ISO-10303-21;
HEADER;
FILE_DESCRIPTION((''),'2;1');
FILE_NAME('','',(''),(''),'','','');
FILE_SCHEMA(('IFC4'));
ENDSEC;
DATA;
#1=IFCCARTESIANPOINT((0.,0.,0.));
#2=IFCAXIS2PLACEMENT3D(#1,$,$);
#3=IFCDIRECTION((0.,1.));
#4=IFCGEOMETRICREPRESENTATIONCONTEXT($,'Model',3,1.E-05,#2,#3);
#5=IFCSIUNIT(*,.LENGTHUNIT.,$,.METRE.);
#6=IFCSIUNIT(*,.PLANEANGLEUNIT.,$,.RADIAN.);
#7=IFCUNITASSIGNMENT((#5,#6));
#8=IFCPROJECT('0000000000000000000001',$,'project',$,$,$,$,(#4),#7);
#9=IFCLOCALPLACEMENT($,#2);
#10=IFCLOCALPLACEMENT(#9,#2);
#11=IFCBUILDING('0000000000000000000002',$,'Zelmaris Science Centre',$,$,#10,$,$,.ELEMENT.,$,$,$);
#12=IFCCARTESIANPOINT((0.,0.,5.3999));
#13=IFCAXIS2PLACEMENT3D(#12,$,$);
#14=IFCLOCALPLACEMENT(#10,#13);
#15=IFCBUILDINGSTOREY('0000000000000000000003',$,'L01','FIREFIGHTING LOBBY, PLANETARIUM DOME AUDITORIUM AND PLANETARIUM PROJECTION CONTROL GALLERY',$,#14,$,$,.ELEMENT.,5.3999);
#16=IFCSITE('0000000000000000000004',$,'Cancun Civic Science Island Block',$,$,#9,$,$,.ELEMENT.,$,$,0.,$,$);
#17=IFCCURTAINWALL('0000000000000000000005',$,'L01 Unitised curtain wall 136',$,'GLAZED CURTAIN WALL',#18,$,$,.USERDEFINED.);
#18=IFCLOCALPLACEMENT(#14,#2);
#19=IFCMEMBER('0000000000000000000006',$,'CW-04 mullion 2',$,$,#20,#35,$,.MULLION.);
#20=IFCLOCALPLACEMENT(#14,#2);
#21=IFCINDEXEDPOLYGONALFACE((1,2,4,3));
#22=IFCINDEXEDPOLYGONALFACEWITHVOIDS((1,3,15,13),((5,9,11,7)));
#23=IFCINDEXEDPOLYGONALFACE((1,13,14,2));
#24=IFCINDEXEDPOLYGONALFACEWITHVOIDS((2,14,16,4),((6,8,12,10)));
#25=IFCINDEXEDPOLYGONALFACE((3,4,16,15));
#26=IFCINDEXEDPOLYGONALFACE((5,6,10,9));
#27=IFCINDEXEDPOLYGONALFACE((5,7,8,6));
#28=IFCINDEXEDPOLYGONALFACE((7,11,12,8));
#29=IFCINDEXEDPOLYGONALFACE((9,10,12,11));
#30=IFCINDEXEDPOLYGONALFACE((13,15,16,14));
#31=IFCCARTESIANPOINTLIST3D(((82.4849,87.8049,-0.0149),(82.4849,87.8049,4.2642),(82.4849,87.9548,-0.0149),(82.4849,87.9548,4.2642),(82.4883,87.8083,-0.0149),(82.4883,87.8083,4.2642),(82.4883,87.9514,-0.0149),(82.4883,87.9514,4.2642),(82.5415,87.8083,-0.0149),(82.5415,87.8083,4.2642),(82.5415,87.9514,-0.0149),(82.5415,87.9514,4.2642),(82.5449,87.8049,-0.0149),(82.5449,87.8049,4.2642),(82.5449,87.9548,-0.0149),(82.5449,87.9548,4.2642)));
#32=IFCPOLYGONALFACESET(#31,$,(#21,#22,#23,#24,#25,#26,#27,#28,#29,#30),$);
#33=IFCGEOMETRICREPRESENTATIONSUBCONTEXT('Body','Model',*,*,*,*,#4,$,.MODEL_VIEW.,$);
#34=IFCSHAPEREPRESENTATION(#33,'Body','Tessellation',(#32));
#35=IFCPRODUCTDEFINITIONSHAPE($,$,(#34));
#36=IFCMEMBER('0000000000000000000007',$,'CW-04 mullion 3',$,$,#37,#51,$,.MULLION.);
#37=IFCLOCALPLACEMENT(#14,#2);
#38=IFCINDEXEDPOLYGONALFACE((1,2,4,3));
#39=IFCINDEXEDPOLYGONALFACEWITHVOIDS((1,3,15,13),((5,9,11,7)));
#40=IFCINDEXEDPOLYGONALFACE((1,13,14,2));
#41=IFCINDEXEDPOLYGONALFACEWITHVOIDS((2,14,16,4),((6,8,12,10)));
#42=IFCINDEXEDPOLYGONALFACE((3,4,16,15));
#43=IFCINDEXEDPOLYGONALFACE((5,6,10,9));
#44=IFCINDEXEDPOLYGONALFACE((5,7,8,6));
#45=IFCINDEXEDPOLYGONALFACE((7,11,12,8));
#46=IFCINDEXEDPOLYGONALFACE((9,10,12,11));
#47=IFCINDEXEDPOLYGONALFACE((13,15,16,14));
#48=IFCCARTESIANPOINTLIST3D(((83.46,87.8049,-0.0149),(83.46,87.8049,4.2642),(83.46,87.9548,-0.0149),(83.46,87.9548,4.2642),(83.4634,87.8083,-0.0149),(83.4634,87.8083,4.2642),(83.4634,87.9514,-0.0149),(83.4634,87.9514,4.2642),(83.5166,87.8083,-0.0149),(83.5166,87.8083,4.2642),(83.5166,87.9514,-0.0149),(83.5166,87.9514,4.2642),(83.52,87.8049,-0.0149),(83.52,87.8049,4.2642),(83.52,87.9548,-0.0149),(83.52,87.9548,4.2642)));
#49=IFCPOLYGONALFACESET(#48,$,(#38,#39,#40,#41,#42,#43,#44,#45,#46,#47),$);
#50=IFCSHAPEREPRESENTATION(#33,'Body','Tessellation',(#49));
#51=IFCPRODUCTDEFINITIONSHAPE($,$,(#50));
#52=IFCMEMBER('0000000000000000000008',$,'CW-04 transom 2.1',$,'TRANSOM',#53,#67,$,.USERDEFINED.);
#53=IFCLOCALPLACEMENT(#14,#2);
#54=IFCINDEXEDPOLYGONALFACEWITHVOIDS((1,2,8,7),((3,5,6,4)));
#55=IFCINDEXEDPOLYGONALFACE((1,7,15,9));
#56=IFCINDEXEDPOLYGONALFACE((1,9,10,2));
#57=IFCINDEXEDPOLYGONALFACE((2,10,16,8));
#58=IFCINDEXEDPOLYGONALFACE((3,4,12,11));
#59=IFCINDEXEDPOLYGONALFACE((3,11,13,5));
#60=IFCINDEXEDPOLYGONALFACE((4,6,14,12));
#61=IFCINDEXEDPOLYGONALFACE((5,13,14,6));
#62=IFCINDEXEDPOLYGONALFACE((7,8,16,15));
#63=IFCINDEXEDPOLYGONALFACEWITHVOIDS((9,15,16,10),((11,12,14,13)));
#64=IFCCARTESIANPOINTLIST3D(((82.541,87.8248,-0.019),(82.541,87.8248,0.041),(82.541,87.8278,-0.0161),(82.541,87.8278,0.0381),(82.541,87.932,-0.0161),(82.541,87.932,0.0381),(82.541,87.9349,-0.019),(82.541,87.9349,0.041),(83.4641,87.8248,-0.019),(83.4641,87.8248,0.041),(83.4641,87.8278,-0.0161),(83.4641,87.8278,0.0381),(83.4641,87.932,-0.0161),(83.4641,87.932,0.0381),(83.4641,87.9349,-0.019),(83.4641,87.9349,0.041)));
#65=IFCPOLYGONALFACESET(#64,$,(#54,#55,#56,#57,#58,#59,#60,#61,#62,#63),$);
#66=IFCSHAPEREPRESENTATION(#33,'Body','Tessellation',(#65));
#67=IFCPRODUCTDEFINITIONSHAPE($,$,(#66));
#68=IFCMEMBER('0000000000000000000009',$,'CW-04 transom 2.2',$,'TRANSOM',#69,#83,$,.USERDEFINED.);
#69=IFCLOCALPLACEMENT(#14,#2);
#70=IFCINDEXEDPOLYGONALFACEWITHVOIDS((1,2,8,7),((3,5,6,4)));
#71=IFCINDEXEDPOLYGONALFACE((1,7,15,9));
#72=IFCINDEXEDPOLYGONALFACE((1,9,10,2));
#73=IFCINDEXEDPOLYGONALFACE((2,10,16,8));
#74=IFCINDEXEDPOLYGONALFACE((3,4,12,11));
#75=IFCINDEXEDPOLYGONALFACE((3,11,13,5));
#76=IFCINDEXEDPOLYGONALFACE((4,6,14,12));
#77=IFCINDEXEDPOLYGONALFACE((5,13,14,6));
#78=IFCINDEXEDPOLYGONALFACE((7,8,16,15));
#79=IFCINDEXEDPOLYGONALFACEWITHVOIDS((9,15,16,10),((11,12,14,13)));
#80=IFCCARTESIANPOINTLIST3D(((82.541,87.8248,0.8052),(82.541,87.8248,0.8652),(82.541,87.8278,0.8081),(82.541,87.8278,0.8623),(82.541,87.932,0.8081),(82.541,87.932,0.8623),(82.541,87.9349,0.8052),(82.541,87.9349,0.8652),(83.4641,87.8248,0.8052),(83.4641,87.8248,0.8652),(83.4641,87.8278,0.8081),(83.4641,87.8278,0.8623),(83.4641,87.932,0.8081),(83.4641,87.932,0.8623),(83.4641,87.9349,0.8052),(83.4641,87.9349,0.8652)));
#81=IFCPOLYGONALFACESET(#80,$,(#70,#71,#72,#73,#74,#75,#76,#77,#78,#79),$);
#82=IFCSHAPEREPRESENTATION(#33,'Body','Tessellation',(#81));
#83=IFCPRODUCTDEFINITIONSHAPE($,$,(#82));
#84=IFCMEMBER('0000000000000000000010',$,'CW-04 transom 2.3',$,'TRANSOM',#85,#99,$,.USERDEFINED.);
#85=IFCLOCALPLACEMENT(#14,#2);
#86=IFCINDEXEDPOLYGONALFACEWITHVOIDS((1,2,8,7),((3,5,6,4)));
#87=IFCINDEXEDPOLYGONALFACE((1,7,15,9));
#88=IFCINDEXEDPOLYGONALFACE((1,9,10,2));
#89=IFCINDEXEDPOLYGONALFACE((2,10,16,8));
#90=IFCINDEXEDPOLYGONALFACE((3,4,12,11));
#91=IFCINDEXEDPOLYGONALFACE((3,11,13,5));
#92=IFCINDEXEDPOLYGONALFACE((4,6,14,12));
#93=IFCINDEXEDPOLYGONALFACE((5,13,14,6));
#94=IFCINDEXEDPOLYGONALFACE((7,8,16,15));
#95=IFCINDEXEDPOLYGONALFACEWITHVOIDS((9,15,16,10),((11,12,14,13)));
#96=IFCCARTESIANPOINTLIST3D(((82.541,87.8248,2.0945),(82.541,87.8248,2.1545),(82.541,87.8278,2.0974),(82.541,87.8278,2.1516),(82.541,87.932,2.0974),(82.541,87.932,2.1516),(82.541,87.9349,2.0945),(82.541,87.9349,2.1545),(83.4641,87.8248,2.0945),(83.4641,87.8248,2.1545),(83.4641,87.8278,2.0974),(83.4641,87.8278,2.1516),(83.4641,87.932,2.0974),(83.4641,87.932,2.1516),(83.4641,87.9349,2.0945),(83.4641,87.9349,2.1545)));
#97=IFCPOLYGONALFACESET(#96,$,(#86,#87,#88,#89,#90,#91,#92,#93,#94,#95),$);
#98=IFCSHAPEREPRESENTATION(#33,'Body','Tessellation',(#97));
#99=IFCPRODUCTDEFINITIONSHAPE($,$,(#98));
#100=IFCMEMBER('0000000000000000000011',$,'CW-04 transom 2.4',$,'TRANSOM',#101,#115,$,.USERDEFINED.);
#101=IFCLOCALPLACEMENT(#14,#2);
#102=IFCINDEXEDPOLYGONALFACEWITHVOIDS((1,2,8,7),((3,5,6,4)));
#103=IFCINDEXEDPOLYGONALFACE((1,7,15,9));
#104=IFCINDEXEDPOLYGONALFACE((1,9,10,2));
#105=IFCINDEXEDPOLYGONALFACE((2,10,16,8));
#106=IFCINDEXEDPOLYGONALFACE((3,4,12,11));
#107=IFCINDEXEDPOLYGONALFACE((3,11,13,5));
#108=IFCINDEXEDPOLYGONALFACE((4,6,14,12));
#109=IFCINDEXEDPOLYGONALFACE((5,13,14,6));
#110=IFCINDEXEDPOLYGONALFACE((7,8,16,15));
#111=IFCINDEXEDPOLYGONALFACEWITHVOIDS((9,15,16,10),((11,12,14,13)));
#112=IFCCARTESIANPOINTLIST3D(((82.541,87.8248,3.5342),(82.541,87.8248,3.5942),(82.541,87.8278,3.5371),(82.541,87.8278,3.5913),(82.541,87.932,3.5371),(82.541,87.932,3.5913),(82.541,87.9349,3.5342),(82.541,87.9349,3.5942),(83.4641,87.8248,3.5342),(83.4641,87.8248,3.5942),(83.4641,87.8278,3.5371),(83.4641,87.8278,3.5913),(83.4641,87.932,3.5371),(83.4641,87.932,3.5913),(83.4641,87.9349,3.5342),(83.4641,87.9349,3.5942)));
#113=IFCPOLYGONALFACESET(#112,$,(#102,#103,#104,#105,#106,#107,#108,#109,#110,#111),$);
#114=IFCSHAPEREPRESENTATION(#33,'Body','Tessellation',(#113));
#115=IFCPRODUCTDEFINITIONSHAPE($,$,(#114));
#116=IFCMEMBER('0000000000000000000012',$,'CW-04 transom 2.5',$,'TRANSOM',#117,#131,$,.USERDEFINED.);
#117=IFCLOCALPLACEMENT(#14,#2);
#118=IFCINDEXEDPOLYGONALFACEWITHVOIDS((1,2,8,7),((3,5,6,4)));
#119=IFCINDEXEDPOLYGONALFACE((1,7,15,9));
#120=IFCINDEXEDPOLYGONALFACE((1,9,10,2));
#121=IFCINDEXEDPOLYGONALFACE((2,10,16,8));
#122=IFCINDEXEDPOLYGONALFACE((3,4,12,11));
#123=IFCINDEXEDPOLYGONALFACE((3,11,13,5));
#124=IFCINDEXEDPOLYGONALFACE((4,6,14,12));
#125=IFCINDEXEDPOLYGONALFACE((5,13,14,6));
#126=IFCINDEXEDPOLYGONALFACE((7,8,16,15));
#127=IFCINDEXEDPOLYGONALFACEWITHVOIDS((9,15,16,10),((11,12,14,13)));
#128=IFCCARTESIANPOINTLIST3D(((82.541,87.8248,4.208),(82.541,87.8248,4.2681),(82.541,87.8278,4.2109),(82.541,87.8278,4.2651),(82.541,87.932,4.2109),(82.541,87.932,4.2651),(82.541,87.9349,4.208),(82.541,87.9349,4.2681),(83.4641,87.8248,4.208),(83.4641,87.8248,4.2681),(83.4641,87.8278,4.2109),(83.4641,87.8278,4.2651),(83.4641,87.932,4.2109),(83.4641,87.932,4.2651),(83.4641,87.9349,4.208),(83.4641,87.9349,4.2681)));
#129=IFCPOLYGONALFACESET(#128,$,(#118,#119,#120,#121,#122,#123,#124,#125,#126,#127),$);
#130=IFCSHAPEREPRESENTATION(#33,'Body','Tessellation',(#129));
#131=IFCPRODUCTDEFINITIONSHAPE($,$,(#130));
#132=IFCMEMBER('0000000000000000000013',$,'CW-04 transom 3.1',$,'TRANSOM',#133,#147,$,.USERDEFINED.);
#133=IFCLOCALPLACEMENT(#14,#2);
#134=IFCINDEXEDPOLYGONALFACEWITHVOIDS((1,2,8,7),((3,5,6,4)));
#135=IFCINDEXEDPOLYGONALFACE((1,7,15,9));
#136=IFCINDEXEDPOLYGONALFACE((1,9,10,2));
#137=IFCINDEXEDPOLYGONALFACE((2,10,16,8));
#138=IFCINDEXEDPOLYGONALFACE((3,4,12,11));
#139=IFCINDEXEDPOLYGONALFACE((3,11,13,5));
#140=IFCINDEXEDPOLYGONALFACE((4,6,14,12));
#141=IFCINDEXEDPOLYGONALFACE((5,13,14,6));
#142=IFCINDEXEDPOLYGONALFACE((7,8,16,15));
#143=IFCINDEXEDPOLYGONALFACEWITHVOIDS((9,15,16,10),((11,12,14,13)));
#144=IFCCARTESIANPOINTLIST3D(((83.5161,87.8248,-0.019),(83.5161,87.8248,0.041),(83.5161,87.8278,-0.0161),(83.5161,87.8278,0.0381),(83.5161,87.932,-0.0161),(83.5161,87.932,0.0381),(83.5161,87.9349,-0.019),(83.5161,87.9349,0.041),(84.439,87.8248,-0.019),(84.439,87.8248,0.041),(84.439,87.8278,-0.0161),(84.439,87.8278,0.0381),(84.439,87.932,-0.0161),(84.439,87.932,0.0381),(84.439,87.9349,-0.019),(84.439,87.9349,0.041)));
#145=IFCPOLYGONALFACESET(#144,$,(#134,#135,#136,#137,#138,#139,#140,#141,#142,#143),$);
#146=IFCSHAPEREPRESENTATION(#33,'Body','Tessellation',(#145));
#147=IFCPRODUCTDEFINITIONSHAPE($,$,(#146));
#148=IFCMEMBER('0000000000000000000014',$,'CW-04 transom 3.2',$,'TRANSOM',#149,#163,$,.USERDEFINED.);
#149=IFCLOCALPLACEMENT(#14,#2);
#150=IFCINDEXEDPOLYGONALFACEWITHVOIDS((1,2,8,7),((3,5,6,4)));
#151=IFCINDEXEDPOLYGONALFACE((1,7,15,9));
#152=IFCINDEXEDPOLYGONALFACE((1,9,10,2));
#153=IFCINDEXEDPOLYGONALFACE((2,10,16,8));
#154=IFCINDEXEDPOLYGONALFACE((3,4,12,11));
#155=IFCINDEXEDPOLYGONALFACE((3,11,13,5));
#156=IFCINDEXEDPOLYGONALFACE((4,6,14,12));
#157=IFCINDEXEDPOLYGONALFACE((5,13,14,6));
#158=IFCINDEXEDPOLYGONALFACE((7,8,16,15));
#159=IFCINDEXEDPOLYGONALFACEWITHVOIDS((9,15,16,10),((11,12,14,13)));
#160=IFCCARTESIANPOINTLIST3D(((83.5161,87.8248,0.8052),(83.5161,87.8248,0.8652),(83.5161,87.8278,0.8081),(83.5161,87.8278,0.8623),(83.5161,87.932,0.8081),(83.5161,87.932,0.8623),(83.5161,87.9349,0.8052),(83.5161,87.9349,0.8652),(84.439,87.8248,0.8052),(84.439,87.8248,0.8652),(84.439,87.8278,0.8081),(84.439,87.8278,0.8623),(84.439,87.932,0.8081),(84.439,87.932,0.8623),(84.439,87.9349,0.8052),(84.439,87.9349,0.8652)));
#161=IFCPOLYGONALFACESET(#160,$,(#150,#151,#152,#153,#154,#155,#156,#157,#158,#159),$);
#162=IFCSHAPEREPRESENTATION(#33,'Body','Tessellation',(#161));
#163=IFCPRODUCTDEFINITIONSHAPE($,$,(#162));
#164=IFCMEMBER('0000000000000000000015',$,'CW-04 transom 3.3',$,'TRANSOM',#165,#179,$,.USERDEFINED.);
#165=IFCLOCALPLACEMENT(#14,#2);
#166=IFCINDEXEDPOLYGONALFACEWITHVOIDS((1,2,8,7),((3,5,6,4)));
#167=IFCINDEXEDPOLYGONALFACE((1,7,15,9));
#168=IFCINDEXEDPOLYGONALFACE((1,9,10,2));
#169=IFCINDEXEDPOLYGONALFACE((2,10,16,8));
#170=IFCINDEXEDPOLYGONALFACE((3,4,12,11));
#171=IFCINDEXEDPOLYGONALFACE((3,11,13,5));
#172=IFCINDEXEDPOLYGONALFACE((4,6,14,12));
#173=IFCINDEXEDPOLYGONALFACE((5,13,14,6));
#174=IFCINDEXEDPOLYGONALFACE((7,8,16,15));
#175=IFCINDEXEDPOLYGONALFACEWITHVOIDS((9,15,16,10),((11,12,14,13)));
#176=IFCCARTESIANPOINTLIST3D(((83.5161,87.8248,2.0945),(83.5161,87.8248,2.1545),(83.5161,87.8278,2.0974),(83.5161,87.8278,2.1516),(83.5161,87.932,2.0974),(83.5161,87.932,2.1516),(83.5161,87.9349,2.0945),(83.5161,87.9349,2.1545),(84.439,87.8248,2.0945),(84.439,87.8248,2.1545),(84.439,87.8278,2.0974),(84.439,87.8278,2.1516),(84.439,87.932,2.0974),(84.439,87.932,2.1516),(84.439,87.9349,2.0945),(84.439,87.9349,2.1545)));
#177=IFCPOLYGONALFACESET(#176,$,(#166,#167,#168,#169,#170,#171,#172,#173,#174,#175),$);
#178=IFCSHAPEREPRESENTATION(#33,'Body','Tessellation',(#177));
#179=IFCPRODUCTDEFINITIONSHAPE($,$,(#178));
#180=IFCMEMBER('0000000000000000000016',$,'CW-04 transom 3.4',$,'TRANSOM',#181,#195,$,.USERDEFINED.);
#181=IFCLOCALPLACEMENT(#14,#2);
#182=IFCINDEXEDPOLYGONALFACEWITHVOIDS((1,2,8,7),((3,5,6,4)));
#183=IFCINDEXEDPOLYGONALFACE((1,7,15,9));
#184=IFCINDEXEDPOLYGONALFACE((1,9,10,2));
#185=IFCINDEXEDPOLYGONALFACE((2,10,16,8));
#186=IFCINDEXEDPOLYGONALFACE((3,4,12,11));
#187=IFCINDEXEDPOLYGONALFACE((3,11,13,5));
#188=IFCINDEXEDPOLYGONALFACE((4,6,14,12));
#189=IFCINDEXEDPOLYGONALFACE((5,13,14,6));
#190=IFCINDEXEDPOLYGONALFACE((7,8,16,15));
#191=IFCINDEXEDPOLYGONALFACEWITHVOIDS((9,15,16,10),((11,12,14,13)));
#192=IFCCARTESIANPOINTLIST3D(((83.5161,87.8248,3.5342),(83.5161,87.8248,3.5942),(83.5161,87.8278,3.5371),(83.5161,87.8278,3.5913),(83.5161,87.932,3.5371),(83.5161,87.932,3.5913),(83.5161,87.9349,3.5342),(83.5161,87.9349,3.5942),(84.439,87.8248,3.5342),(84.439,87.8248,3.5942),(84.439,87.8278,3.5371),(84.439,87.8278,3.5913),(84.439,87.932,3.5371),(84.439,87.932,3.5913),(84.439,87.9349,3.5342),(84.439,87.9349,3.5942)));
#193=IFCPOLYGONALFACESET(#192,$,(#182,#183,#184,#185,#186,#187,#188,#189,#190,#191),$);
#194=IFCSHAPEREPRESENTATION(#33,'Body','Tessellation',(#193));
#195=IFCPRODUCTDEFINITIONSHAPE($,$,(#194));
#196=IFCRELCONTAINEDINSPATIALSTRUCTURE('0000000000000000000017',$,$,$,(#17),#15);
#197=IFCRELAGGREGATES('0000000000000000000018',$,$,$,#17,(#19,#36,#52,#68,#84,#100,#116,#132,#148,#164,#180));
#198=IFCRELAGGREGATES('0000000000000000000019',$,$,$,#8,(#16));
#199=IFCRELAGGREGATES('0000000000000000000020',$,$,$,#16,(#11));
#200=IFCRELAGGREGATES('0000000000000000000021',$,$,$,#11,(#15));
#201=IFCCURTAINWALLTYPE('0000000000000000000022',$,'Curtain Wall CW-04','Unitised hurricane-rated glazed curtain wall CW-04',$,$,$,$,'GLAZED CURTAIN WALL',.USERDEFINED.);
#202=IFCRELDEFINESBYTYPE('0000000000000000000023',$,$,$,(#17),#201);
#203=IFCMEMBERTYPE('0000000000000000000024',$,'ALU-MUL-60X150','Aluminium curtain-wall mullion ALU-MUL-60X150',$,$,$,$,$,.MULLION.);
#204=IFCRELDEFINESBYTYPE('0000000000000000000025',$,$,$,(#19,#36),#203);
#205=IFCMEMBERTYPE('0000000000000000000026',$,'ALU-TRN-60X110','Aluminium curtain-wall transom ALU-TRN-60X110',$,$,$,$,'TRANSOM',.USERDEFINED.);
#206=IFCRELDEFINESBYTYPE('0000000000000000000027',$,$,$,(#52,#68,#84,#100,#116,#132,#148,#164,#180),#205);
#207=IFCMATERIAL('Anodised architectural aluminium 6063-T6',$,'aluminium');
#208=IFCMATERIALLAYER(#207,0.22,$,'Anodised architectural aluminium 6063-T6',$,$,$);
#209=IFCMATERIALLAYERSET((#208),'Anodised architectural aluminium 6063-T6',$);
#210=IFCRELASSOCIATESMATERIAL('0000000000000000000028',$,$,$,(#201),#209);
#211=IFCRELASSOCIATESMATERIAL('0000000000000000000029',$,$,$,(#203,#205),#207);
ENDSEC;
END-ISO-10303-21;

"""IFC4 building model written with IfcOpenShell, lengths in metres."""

from ifc_helpers import new_model, si_unit, direction, frame, origin, origin_2d, place, context, subcontext, project, spatial, hollow_rectangle, extrude, material, layer, layer_set, material_profile, profile_set, type_object, element, aggregate, save


model = new_model("IFC4")

# Units and contexts
model_context = context("Model", 3, precision=1e-05, world=origin(), true_north=direction((0.0, 1.0)))
body_context = subcontext(model_context, "Body", "Model", "MODEL_VIEW")
ifc_project = project(units=[si_unit("LENGTHUNIT", "METRE"), si_unit("PLANEANGLEUNIT", "RADIAN")], contexts=[model_context])

# Site, building, storey
site_placement = place(None, origin())
site = spatial("IfcSite", under=ifc_project, at=site_placement, Name="Cancun Civic Science Island Block", CompositionType="ELEMENT", RefElevation=0.0)
building_placement = place(site_placement, origin())
building = spatial("IfcBuilding", under=site, at=building_placement, Name="Zelmaris Science Centre", CompositionType="ELEMENT")
storey_placement = place(building_placement, frame((0.0, 0.0, 5.3999)))
storey = spatial("IfcBuildingStorey", under=building, at=storey_placement, Name="L01", Description="FIREFIGHTING LOBBY, PLANETARIUM DOME AUDITORIUM AND PLANETARIUM PROJECTION CONTROL GALLERY", CompositionType="ELEMENT", Elevation=5.3999)

# Curtain wall, members
ifc_material_1 = material(Name="Anodised architectural aluminium 6063-T6", Category="aluminium")
ifc_layer_1 = layer(ifc_material_1, 0.22, Name="Anodised architectural aluminium 6063-T6")
ifc_layer_set_1 = layer_set([ifc_layer_1], Name="Anodised architectural aluminium 6063-T6")
curtain_wall_type = type_object("IfcCurtainWallType", Name="Curtain Wall CW-04", Description="Unitised hurricane-rated glazed curtain wall CW-04", ElementType="GLAZED CURTAIN WALL", PredefinedType="USERDEFINED", material=ifc_layer_set_1)
curtain_wall_placement = place(storey_placement, origin())
curtain_wall = element("IfcCurtainWall", 1, at=curtain_wall_placement, inside=storey, type_object=curtain_wall_type, Name="L01 Unitised curtain wall 136", ObjectType="GLAZED CURTAIN WALL", PredefinedType="USERDEFINED")
ifc_material_profile_1 = material_profile(ifc_material_1, hollow_rectangle(XDim=0.0601, YDim=0.1499, WallThickness=0.0034, at=origin_2d()), Name="ALU-MUL-60X150")
ifc_profile_set_1 = profile_set([ifc_material_profile_1], Name="Anodised architectural aluminium 6063-T6")
member_type_1 = type_object("IfcMemberType", Name="ALU-MUL-60X150", Description="Aluminium curtain-wall mullion ALU-MUL-60X150", PredefinedType="MULLION", material=ifc_profile_set_1)
member_1_placement = place(storey_placement, frame((82.5149, 87.8799, -0.0149), z_axis=(0.0, 0.0, 1.0), x_axis=(1.0, 0.0, 0.0)))
member_1 = element("IfcMember", 2, at=member_1_placement, type_object=member_type_1, Name="CW-04 mullion 2", PredefinedType="MULLION", context=body_context, shape_type="SweptSolid", body=[
    extrude(hollow_rectangle(XDim=0.0601, YDim=0.1499, WallThickness=0.0034, at=origin_2d()), origin(), (0.0, 0.0, 1.0), 4.2791),
])
member_2_placement = place(storey_placement, frame((83.49, 87.8799, -0.0149), z_axis=(0.0, 0.0, 1.0), x_axis=(1.0, 0.0, 0.0)))
member_2 = element("IfcMember", 3, at=member_2_placement, type_object=member_type_1, Name="CW-04 mullion 3", PredefinedType="MULLION", context=body_context, shape_type="SweptSolid", body=[
    extrude(hollow_rectangle(XDim=0.0601, YDim=0.1499, WallThickness=0.0034, at=origin_2d()), origin(), (0.0, 0.0, 1.0), 4.2791),
])
ifc_material_profile_2 = material_profile(ifc_material_1, hollow_rectangle(XDim=0.0601, YDim=0.1101, WallThickness=0.0029, at=origin_2d()), Name="ALU-TRN-60X110")
ifc_profile_set_2 = profile_set([ifc_material_profile_2], Name="Anodised architectural aluminium 6063-T6")
member_type_2 = type_object("IfcMemberType", Name="ALU-TRN-60X110", Description="Aluminium curtain-wall transom ALU-TRN-60X110", ElementType="TRANSOM", PredefinedType="USERDEFINED", material=ifc_profile_set_2)
member_3_placement = place(storey_placement, frame((82.541, 87.8799, 0.011), z_axis=(1.0, 0.0, 0.0), x_axis=(0.0, 0.0, 1.0)))
member_3 = element("IfcMember", 4, at=member_3_placement, type_object=member_type_2, Name="CW-04 transom 2.1", ObjectType="TRANSOM", PredefinedType="USERDEFINED", context=body_context, shape_type="SweptSolid", body=[
    extrude(hollow_rectangle(XDim=0.0601, YDim=0.1101, WallThickness=0.0029, at=origin_2d()), origin(), (0.0, 0.0, 1.0), 0.9231),
])
member_4_placement = place(storey_placement, frame((82.541, 87.8799, 0.8352), z_axis=(1.0, 0.0, 0.0), x_axis=(0.0, 0.0, 1.0)))
member_4 = element("IfcMember", 5, at=member_4_placement, type_object=member_type_2, Name="CW-04 transom 2.2", ObjectType="TRANSOM", PredefinedType="USERDEFINED", context=body_context, shape_type="SweptSolid", body=[
    extrude(hollow_rectangle(XDim=0.0601, YDim=0.1101, WallThickness=0.0029, at=origin_2d()), origin(), (0.0, 0.0, 1.0), 0.9231),
])
member_5_placement = place(storey_placement, frame((82.541, 87.8799, 2.1245), z_axis=(1.0, 0.0, 0.0), x_axis=(0.0, 0.0, 1.0)))
member_5 = element("IfcMember", 6, at=member_5_placement, type_object=member_type_2, Name="CW-04 transom 2.3", ObjectType="TRANSOM", PredefinedType="USERDEFINED", context=body_context, shape_type="SweptSolid", body=[
    extrude(hollow_rectangle(XDim=0.0601, YDim=0.1101, WallThickness=0.0029, at=origin_2d()), origin(), (0.0, 0.0, 1.0), 0.9231),
])
member_6_placement = place(storey_placement, frame((82.541, 87.8799, 3.5642), z_axis=(1.0, 0.0, 0.0), x_axis=(0.0, 0.0, 1.0)))
member_6 = element("IfcMember", 7, at=member_6_placement, type_object=member_type_2, Name="CW-04 transom 2.4", ObjectType="TRANSOM", PredefinedType="USERDEFINED", context=body_context, shape_type="SweptSolid", body=[
    extrude(hollow_rectangle(XDim=0.0601, YDim=0.1101, WallThickness=0.0029, at=origin_2d()), origin(), (0.0, 0.0, 1.0), 0.9231),
])
member_7_placement = place(storey_placement, frame((82.541, 87.8799, 4.238), z_axis=(1.0, 0.0, 0.0), x_axis=(0.0, 0.0, 1.0)))
member_7 = element("IfcMember", 8, at=member_7_placement, type_object=member_type_2, Name="CW-04 transom 2.5", ObjectType="TRANSOM", PredefinedType="USERDEFINED", context=body_context, shape_type="SweptSolid", body=[
    extrude(hollow_rectangle(XDim=0.0601, YDim=0.1101, WallThickness=0.0029, at=origin_2d()), origin(), (0.0, 0.0, 1.0), 0.9231),
])
member_8_placement = place(storey_placement, frame((83.5161, 87.8799, 0.011), z_axis=(1.0, 0.0, 0.0), x_axis=(0.0, 0.0, 1.0)))
member_8 = element("IfcMember", 9, at=member_8_placement, type_object=member_type_2, Name="CW-04 transom 3.1", ObjectType="TRANSOM", PredefinedType="USERDEFINED", context=body_context, shape_type="SweptSolid", body=[
    extrude(hollow_rectangle(XDim=0.0601, YDim=0.1101, WallThickness=0.0029, at=origin_2d()), origin(), (0.0, 0.0, 1.0), 0.9229),
])
member_9_placement = place(storey_placement, frame((83.5161, 87.8799, 0.8352), z_axis=(1.0, 0.0, 0.0), x_axis=(0.0, 0.0, 1.0)))
member_9 = element("IfcMember", 10, at=member_9_placement, type_object=member_type_2, Name="CW-04 transom 3.2", ObjectType="TRANSOM", PredefinedType="USERDEFINED", context=body_context, shape_type="SweptSolid", body=[
    extrude(hollow_rectangle(XDim=0.0601, YDim=0.1101, WallThickness=0.0029, at=origin_2d()), origin(), (0.0, 0.0, 1.0), 0.9229),
])
member_10_placement = place(storey_placement, frame((83.5161, 87.8799, 2.1245), z_axis=(1.0, 0.0, 0.0), x_axis=(0.0, 0.0, 1.0)))
member_10 = element("IfcMember", 11, at=member_10_placement, type_object=member_type_2, Name="CW-04 transom 3.3", ObjectType="TRANSOM", PredefinedType="USERDEFINED", context=body_context, shape_type="SweptSolid", body=[
    extrude(hollow_rectangle(XDim=0.0601, YDim=0.1101, WallThickness=0.0029, at=origin_2d()), origin(), (0.0, 0.0, 1.0), 0.9229),
])
member_11_placement = place(storey_placement, frame((83.5161, 87.8799, 3.5642), z_axis=(1.0, 0.0, 0.0), x_axis=(0.0, 0.0, 1.0)))
member_11 = element("IfcMember", 12, at=member_11_placement, type_object=member_type_2, Name="CW-04 transom 3.4", ObjectType="TRANSOM", PredefinedType="USERDEFINED", context=body_context, shape_type="SweptSolid", body=[
    extrude(hollow_rectangle(XDim=0.0601, YDim=0.1101, WallThickness=0.0029, at=origin_2d()), origin(), (0.0, 0.0, 1.0), 0.9229),
])
aggregate(curtain_wall, [member_1, member_2, member_3, member_4, member_5, member_6, member_7, member_8, member_9, member_10, member_11])

save(model, "model.ifc")
